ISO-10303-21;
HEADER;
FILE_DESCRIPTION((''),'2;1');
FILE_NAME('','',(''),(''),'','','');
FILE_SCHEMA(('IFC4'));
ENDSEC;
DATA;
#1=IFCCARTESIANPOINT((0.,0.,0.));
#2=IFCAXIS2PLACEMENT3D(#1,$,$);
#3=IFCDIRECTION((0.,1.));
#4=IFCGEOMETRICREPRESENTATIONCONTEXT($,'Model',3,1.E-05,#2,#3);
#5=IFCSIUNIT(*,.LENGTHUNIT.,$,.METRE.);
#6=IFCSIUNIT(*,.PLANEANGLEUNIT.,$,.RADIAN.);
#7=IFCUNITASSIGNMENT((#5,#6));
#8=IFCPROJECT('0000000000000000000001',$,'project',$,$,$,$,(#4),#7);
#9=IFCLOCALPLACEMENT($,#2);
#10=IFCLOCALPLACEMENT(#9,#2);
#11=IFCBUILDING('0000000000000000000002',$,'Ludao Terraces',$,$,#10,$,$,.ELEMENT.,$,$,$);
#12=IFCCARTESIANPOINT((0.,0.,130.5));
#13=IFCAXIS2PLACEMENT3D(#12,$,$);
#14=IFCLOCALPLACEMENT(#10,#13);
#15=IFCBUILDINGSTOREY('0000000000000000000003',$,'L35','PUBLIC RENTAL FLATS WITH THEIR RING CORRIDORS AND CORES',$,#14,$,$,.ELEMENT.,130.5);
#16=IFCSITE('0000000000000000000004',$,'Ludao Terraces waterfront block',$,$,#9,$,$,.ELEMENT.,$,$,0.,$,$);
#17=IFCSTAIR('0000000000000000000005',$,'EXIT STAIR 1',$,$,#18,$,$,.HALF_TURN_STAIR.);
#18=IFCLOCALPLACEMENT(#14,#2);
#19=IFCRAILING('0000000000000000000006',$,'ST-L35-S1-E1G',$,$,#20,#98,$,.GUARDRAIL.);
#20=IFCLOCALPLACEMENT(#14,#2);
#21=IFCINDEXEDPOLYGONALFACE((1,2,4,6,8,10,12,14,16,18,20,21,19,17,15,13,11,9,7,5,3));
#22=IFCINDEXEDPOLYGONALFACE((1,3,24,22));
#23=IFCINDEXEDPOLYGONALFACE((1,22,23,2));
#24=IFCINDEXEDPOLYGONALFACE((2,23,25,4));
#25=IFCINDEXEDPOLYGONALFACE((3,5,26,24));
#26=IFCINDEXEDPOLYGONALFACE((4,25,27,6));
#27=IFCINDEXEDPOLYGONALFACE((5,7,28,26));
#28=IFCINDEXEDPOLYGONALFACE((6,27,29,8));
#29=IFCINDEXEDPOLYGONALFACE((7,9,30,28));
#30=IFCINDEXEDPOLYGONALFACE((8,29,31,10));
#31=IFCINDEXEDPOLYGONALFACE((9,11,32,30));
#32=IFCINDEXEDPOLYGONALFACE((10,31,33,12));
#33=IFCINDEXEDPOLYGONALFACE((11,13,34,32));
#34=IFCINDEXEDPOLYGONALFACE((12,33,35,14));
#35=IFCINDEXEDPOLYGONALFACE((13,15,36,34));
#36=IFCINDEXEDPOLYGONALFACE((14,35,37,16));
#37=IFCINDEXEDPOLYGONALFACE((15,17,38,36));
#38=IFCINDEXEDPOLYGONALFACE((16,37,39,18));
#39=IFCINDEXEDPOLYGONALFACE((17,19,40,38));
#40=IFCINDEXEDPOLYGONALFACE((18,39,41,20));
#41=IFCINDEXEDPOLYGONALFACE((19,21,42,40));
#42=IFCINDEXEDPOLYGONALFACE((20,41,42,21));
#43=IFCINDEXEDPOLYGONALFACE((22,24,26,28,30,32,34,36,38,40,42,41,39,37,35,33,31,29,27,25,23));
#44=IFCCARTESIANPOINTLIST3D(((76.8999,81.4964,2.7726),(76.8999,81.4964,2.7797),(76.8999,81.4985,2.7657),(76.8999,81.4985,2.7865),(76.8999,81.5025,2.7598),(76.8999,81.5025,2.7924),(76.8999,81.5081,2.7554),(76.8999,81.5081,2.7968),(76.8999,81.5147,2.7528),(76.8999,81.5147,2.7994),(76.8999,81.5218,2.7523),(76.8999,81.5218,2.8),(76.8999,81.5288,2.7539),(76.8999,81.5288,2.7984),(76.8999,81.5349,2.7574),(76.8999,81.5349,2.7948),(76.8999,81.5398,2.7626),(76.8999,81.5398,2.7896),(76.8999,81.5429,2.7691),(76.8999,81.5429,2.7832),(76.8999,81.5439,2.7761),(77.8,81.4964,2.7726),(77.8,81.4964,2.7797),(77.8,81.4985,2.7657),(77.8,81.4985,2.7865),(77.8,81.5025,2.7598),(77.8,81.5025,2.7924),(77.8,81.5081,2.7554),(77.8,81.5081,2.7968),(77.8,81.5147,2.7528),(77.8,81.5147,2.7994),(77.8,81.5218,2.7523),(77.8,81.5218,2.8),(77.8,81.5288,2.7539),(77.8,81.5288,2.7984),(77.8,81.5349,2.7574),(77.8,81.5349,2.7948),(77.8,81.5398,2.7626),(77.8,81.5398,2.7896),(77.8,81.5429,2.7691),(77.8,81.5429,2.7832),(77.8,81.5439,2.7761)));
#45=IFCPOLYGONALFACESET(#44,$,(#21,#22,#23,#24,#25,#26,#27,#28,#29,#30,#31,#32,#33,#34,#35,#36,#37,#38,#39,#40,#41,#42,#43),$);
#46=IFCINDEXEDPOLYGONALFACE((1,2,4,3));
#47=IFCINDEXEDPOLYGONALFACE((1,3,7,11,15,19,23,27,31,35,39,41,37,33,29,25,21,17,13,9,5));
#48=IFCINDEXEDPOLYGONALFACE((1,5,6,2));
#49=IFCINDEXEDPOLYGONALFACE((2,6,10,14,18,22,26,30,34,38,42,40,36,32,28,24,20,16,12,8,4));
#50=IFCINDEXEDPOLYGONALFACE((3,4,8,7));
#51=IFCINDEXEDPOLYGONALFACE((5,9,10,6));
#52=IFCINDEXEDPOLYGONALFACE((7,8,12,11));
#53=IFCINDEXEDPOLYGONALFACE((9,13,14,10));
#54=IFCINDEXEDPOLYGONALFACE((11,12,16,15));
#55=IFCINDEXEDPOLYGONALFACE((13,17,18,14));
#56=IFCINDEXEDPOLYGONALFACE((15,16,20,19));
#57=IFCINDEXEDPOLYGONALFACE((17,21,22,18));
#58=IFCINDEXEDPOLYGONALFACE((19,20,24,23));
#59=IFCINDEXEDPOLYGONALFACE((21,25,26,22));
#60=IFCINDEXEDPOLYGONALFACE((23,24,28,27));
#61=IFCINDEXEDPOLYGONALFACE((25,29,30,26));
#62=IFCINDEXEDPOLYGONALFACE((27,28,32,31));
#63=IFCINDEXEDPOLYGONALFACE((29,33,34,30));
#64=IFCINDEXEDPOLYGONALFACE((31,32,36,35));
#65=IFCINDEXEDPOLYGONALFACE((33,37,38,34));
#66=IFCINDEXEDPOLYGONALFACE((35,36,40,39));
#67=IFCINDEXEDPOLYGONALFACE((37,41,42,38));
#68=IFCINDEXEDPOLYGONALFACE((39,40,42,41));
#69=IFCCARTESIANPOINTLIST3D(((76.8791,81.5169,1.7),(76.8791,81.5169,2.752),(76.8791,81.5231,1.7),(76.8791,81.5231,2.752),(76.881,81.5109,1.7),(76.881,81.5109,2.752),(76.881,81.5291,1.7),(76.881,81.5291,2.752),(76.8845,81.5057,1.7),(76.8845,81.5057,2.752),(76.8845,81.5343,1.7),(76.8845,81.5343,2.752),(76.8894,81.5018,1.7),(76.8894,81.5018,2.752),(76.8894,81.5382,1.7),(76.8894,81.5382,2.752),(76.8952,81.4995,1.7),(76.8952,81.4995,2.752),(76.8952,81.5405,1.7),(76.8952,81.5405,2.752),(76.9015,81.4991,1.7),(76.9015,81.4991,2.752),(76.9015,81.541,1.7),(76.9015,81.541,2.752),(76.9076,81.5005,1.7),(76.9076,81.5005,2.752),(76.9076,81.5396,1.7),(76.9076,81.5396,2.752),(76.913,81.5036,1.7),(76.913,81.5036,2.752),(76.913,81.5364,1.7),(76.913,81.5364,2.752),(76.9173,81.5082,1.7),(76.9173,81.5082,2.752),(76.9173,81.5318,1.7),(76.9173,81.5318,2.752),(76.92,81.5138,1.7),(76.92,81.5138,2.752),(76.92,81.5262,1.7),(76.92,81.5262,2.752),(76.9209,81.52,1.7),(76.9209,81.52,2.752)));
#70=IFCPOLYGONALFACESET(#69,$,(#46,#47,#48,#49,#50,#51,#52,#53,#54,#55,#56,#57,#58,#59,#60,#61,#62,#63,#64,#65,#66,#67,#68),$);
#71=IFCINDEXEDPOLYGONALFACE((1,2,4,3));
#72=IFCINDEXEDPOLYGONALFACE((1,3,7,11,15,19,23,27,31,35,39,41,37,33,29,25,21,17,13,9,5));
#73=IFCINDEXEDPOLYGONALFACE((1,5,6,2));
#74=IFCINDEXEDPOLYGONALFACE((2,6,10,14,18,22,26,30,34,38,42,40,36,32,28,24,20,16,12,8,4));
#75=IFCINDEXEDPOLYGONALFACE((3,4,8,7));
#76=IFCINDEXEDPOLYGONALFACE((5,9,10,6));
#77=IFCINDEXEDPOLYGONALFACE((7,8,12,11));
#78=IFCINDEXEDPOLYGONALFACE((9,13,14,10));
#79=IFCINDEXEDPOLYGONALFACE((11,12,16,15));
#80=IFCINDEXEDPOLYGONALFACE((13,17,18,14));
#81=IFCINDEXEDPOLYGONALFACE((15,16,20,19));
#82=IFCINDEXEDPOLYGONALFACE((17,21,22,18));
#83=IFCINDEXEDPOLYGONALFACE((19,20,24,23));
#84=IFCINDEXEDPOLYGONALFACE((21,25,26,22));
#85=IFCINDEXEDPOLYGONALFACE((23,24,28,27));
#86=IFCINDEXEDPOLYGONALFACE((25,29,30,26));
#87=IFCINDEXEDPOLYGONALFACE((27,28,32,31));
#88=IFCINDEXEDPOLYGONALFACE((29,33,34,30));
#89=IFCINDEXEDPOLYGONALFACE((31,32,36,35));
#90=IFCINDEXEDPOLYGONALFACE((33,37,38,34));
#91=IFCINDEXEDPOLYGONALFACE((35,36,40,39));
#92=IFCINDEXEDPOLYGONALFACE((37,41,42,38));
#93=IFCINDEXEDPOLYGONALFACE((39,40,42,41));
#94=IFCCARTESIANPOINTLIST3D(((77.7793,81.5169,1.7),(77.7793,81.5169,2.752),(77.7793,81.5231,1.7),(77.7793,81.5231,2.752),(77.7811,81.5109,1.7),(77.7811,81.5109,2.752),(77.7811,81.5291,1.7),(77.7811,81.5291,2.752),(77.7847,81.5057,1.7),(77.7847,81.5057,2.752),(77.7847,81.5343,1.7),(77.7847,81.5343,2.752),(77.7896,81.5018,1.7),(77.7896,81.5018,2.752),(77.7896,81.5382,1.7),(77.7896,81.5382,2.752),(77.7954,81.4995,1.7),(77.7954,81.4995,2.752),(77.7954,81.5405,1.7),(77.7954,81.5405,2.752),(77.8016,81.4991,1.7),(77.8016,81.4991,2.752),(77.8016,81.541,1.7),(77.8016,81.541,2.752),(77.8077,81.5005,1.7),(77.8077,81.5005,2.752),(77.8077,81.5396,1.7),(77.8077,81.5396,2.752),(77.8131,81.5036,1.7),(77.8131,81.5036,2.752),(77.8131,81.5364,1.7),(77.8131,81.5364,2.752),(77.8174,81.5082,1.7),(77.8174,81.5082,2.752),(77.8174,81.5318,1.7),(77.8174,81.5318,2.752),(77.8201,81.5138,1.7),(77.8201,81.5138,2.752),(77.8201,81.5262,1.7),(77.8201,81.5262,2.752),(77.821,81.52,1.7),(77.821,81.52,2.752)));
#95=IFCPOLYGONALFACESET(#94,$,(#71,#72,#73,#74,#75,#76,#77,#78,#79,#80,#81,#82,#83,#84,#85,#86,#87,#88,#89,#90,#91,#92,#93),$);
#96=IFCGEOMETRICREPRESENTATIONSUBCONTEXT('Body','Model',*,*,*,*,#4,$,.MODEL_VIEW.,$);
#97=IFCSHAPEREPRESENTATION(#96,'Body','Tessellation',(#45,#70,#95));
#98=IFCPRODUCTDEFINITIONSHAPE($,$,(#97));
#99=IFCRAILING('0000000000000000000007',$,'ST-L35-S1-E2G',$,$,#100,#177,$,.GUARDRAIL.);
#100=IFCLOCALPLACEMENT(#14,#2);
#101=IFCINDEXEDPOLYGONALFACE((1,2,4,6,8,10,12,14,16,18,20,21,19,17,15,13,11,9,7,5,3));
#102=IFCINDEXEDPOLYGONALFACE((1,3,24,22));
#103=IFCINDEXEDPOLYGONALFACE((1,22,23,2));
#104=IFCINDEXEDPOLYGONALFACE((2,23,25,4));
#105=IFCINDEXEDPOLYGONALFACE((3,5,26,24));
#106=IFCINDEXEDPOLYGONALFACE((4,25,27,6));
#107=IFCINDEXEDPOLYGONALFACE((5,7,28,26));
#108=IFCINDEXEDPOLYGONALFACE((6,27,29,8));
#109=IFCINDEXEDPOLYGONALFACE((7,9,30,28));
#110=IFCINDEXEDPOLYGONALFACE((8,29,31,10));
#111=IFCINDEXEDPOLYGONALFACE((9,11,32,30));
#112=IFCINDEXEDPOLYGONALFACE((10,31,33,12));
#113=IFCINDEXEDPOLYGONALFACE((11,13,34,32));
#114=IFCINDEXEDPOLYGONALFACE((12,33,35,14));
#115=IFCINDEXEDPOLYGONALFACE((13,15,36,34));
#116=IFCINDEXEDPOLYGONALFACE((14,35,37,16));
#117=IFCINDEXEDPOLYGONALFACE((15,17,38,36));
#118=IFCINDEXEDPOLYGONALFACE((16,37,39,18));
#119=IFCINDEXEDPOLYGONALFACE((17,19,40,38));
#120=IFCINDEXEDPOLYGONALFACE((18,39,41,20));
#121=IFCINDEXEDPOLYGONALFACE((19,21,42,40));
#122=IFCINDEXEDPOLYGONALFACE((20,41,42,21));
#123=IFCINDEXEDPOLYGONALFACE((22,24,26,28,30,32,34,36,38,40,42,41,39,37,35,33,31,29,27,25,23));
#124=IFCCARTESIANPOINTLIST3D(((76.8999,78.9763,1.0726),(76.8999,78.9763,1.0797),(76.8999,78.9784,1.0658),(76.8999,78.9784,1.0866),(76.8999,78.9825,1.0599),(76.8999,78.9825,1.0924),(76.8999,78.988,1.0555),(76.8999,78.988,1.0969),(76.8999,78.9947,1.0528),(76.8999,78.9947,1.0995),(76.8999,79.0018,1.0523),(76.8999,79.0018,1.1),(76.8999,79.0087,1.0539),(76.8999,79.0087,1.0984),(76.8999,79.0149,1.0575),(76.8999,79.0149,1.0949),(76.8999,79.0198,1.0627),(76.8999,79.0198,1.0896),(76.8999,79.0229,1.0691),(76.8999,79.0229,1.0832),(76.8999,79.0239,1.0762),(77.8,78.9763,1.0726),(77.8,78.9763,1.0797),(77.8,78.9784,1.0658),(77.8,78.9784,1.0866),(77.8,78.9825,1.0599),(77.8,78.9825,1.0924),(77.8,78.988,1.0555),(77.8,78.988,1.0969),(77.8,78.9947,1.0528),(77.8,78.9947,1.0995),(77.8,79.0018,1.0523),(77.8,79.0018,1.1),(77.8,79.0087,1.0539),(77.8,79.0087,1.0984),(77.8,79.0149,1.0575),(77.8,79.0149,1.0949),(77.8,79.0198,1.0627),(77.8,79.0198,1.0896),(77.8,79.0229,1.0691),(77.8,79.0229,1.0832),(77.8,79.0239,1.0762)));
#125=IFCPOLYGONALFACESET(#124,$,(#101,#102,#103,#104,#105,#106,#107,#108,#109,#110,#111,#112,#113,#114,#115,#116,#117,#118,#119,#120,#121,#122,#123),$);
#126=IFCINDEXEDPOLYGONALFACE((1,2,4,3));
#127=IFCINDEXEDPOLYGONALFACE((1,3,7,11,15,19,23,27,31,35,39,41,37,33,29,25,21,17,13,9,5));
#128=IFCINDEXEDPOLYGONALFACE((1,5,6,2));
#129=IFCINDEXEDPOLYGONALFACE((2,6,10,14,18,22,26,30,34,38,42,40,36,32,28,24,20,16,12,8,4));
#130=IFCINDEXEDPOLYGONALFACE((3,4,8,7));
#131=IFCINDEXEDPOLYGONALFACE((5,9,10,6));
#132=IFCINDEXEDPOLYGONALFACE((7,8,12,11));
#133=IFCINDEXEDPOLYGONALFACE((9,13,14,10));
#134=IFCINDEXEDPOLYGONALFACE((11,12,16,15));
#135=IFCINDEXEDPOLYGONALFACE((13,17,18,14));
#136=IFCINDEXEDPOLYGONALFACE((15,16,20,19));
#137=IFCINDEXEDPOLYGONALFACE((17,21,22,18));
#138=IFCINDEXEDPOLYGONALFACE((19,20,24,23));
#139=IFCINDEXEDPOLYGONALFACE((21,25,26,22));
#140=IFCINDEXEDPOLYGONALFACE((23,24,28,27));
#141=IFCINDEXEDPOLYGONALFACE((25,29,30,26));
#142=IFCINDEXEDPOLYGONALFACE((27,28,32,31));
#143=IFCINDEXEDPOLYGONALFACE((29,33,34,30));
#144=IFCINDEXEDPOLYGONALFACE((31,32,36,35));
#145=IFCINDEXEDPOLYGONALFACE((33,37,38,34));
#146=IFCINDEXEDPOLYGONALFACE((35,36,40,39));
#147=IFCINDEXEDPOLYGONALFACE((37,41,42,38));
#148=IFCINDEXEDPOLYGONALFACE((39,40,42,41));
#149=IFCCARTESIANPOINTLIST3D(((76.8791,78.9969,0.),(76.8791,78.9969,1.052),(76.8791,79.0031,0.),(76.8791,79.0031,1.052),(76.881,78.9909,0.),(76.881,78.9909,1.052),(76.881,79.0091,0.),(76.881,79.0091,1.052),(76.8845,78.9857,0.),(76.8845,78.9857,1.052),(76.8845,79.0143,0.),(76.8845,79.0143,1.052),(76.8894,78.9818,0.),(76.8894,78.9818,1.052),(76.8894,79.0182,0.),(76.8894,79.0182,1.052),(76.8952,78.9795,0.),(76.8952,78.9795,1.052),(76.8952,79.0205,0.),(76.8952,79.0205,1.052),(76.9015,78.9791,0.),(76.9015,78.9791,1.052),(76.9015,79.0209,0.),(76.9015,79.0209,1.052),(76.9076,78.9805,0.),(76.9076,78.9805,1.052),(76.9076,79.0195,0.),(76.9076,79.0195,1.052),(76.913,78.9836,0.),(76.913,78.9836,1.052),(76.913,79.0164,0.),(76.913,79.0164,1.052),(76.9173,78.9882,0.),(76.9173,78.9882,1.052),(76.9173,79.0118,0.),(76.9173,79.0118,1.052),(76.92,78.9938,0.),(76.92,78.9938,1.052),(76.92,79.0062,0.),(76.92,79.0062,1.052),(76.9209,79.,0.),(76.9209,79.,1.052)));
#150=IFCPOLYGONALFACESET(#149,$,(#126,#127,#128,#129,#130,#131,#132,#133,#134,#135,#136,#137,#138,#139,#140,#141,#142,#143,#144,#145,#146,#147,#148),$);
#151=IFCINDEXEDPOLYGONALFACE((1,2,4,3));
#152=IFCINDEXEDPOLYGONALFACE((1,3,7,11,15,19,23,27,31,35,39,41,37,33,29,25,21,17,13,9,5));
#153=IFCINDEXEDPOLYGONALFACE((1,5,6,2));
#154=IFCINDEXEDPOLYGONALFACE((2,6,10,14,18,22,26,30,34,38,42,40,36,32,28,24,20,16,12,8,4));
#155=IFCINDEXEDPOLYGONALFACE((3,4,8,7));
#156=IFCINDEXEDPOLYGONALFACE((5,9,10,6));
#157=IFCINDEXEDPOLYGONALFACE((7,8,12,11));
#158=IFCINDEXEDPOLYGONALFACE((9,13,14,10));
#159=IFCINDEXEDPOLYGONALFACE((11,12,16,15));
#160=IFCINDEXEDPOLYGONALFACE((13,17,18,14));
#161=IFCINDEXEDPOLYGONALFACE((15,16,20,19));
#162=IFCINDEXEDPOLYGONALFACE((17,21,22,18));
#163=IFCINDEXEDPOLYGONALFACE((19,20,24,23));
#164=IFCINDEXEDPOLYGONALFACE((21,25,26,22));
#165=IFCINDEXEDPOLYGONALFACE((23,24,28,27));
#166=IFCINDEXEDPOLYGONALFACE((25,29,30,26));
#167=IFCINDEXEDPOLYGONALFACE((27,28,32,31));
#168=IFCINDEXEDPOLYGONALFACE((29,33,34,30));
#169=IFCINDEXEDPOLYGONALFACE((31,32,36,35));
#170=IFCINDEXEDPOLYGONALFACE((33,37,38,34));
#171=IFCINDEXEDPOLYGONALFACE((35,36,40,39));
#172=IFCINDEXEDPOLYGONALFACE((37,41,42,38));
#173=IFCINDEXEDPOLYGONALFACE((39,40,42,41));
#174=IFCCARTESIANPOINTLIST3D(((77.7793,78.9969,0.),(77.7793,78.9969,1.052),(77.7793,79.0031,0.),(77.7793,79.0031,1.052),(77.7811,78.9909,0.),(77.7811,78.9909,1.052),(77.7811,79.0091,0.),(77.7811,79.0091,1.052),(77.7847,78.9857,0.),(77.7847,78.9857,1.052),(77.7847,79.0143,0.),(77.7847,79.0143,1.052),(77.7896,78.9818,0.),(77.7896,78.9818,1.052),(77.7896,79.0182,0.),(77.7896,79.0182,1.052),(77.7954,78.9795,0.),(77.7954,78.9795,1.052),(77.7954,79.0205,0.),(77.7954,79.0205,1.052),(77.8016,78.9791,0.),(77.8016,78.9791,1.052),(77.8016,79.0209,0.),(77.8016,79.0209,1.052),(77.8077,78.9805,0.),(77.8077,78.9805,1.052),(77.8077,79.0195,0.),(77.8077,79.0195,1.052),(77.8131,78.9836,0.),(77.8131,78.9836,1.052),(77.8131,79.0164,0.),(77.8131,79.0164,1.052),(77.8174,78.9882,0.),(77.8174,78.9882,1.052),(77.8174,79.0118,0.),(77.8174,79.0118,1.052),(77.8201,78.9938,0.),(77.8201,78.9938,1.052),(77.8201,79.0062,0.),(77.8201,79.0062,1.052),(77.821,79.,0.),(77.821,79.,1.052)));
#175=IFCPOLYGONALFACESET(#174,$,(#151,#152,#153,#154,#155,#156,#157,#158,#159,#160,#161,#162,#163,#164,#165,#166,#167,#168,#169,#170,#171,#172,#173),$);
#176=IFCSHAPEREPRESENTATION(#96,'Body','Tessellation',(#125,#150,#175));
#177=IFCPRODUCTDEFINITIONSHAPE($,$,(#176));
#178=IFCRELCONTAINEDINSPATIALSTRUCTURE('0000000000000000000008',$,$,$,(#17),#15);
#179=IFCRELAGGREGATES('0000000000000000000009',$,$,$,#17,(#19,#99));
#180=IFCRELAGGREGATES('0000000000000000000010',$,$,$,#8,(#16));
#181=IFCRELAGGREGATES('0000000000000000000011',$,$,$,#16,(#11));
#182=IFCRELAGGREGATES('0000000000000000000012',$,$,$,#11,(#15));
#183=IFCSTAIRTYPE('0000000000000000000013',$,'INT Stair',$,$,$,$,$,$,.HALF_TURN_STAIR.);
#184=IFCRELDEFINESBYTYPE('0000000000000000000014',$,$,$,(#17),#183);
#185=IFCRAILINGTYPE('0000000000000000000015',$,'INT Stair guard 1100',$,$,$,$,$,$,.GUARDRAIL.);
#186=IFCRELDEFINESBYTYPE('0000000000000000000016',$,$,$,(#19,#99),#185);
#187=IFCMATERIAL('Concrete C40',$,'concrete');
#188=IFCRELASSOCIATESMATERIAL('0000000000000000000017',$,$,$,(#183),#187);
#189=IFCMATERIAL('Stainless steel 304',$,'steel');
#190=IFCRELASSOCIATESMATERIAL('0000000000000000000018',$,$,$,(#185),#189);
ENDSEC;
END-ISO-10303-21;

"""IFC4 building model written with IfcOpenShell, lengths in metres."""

from ifc_helpers import new_model, si_unit, direction, frame, origin, origin_2d, place, context, subcontext, project, spatial, circle, extrude, material, type_object, element, aggregate, save


model = new_model("IFC4")

# Units and contexts
model_context = context("Model", 3, precision=1e-05, world=origin(), true_north=direction((0.0, 1.0)))
body_context = subcontext(model_context, "Body", "Model", "MODEL_VIEW")
ifc_project = project(units=[si_unit("LENGTHUNIT", "METRE"), si_unit("PLANEANGLEUNIT", "RADIAN")], contexts=[model_context])

# Site, building, storey
site_placement = place(None, origin())
site = spatial("IfcSite", under=ifc_project, at=site_placement, Name="Ludao Terraces waterfront block", CompositionType="ELEMENT", RefElevation=0.0)
building_placement = place(site_placement, origin())
building = spatial("IfcBuilding", under=site, at=building_placement, Name="Ludao Terraces", CompositionType="ELEMENT")
storey_placement = place(building_placement, frame((0.0, 0.0, 130.5)))
storey = spatial("IfcBuildingStorey", under=building, at=storey_placement, Name="L35", Description="PUBLIC RENTAL FLATS WITH THEIR RING CORRIDORS AND CORES", CompositionType="ELEMENT", Elevation=130.5)

# Shared definitions
ifc_material_1 = material(Name="Stainless steel 304", Category="steel")

# Stair, railings
ifc_material_2 = material(Name="Concrete C40", Category="concrete")
stair_type = type_object("IfcStairType", Name="INT Stair", PredefinedType="HALF_TURN_STAIR", material=ifc_material_2)
stair_placement = place(storey_placement, origin())
stair = element("IfcStair", 1, at=stair_placement, inside=storey, type_object=stair_type, Name="EXIT STAIR 1", PredefinedType="HALF_TURN_STAIR")
railing_type_1 = type_object("IfcRailingType", Name="INT Stair guard 1100", PredefinedType="GUARDRAIL", material=ifc_material_1)
railing_1_placement = place(storey_placement, frame((76.8999, 81.52, 1.7)))
railing_1 = element("IfcRailing", 2, at=railing_1_placement, type_object=railing_type_1, Name="ST-L35-S1-E1G", PredefinedType="GUARDRAIL", context=body_context, shape_type="SweptSolid", body=[
    extrude(circle(Radius=0.0239, at=origin_2d()), frame((0.0, 0.0, 1.0762), z_axis=(1.0, 0.0, 0.0), x_axis=(0.0, 1.0, 0.0)), (0.0, 0.0, 1.0), 0.9001),
    extrude(circle(Radius=0.021, at=origin_2d()), origin(), (0.0, 0.0, 1.0), 1.052),
    extrude(circle(Radius=0.021, at=origin_2d()), frame((0.9001, 0.0, 0.0)), (0.0, 0.0, 1.0), 1.052),
])
railing_2_placement = place(storey_placement, frame((76.8999, 79.0, 0.0)))
railing_2 = element("IfcRailing", 3, at=railing_2_placement, type_object=railing_type_1, Name="ST-L35-S1-E2G", PredefinedType="GUARDRAIL", context=body_context, shape_type="SweptSolid", body=[
    extrude(circle(Radius=0.0239, at=origin_2d()), frame((0.0, 0.0, 1.0762), z_axis=(1.0, 0.0, 0.0), x_axis=(0.0, 1.0, 0.0)), (0.0, 0.0, 1.0), 0.9001),
    extrude(circle(Radius=0.021, at=origin_2d()), origin(), (0.0, 0.0, 1.0), 1.052),
    extrude(circle(Radius=0.021, at=origin_2d()), frame((0.9001, 0.0, 0.0)), (0.0, 0.0, 1.0), 1.052),
])
aggregate(stair, [railing_1, railing_2])

save(model, "model.ifc")
